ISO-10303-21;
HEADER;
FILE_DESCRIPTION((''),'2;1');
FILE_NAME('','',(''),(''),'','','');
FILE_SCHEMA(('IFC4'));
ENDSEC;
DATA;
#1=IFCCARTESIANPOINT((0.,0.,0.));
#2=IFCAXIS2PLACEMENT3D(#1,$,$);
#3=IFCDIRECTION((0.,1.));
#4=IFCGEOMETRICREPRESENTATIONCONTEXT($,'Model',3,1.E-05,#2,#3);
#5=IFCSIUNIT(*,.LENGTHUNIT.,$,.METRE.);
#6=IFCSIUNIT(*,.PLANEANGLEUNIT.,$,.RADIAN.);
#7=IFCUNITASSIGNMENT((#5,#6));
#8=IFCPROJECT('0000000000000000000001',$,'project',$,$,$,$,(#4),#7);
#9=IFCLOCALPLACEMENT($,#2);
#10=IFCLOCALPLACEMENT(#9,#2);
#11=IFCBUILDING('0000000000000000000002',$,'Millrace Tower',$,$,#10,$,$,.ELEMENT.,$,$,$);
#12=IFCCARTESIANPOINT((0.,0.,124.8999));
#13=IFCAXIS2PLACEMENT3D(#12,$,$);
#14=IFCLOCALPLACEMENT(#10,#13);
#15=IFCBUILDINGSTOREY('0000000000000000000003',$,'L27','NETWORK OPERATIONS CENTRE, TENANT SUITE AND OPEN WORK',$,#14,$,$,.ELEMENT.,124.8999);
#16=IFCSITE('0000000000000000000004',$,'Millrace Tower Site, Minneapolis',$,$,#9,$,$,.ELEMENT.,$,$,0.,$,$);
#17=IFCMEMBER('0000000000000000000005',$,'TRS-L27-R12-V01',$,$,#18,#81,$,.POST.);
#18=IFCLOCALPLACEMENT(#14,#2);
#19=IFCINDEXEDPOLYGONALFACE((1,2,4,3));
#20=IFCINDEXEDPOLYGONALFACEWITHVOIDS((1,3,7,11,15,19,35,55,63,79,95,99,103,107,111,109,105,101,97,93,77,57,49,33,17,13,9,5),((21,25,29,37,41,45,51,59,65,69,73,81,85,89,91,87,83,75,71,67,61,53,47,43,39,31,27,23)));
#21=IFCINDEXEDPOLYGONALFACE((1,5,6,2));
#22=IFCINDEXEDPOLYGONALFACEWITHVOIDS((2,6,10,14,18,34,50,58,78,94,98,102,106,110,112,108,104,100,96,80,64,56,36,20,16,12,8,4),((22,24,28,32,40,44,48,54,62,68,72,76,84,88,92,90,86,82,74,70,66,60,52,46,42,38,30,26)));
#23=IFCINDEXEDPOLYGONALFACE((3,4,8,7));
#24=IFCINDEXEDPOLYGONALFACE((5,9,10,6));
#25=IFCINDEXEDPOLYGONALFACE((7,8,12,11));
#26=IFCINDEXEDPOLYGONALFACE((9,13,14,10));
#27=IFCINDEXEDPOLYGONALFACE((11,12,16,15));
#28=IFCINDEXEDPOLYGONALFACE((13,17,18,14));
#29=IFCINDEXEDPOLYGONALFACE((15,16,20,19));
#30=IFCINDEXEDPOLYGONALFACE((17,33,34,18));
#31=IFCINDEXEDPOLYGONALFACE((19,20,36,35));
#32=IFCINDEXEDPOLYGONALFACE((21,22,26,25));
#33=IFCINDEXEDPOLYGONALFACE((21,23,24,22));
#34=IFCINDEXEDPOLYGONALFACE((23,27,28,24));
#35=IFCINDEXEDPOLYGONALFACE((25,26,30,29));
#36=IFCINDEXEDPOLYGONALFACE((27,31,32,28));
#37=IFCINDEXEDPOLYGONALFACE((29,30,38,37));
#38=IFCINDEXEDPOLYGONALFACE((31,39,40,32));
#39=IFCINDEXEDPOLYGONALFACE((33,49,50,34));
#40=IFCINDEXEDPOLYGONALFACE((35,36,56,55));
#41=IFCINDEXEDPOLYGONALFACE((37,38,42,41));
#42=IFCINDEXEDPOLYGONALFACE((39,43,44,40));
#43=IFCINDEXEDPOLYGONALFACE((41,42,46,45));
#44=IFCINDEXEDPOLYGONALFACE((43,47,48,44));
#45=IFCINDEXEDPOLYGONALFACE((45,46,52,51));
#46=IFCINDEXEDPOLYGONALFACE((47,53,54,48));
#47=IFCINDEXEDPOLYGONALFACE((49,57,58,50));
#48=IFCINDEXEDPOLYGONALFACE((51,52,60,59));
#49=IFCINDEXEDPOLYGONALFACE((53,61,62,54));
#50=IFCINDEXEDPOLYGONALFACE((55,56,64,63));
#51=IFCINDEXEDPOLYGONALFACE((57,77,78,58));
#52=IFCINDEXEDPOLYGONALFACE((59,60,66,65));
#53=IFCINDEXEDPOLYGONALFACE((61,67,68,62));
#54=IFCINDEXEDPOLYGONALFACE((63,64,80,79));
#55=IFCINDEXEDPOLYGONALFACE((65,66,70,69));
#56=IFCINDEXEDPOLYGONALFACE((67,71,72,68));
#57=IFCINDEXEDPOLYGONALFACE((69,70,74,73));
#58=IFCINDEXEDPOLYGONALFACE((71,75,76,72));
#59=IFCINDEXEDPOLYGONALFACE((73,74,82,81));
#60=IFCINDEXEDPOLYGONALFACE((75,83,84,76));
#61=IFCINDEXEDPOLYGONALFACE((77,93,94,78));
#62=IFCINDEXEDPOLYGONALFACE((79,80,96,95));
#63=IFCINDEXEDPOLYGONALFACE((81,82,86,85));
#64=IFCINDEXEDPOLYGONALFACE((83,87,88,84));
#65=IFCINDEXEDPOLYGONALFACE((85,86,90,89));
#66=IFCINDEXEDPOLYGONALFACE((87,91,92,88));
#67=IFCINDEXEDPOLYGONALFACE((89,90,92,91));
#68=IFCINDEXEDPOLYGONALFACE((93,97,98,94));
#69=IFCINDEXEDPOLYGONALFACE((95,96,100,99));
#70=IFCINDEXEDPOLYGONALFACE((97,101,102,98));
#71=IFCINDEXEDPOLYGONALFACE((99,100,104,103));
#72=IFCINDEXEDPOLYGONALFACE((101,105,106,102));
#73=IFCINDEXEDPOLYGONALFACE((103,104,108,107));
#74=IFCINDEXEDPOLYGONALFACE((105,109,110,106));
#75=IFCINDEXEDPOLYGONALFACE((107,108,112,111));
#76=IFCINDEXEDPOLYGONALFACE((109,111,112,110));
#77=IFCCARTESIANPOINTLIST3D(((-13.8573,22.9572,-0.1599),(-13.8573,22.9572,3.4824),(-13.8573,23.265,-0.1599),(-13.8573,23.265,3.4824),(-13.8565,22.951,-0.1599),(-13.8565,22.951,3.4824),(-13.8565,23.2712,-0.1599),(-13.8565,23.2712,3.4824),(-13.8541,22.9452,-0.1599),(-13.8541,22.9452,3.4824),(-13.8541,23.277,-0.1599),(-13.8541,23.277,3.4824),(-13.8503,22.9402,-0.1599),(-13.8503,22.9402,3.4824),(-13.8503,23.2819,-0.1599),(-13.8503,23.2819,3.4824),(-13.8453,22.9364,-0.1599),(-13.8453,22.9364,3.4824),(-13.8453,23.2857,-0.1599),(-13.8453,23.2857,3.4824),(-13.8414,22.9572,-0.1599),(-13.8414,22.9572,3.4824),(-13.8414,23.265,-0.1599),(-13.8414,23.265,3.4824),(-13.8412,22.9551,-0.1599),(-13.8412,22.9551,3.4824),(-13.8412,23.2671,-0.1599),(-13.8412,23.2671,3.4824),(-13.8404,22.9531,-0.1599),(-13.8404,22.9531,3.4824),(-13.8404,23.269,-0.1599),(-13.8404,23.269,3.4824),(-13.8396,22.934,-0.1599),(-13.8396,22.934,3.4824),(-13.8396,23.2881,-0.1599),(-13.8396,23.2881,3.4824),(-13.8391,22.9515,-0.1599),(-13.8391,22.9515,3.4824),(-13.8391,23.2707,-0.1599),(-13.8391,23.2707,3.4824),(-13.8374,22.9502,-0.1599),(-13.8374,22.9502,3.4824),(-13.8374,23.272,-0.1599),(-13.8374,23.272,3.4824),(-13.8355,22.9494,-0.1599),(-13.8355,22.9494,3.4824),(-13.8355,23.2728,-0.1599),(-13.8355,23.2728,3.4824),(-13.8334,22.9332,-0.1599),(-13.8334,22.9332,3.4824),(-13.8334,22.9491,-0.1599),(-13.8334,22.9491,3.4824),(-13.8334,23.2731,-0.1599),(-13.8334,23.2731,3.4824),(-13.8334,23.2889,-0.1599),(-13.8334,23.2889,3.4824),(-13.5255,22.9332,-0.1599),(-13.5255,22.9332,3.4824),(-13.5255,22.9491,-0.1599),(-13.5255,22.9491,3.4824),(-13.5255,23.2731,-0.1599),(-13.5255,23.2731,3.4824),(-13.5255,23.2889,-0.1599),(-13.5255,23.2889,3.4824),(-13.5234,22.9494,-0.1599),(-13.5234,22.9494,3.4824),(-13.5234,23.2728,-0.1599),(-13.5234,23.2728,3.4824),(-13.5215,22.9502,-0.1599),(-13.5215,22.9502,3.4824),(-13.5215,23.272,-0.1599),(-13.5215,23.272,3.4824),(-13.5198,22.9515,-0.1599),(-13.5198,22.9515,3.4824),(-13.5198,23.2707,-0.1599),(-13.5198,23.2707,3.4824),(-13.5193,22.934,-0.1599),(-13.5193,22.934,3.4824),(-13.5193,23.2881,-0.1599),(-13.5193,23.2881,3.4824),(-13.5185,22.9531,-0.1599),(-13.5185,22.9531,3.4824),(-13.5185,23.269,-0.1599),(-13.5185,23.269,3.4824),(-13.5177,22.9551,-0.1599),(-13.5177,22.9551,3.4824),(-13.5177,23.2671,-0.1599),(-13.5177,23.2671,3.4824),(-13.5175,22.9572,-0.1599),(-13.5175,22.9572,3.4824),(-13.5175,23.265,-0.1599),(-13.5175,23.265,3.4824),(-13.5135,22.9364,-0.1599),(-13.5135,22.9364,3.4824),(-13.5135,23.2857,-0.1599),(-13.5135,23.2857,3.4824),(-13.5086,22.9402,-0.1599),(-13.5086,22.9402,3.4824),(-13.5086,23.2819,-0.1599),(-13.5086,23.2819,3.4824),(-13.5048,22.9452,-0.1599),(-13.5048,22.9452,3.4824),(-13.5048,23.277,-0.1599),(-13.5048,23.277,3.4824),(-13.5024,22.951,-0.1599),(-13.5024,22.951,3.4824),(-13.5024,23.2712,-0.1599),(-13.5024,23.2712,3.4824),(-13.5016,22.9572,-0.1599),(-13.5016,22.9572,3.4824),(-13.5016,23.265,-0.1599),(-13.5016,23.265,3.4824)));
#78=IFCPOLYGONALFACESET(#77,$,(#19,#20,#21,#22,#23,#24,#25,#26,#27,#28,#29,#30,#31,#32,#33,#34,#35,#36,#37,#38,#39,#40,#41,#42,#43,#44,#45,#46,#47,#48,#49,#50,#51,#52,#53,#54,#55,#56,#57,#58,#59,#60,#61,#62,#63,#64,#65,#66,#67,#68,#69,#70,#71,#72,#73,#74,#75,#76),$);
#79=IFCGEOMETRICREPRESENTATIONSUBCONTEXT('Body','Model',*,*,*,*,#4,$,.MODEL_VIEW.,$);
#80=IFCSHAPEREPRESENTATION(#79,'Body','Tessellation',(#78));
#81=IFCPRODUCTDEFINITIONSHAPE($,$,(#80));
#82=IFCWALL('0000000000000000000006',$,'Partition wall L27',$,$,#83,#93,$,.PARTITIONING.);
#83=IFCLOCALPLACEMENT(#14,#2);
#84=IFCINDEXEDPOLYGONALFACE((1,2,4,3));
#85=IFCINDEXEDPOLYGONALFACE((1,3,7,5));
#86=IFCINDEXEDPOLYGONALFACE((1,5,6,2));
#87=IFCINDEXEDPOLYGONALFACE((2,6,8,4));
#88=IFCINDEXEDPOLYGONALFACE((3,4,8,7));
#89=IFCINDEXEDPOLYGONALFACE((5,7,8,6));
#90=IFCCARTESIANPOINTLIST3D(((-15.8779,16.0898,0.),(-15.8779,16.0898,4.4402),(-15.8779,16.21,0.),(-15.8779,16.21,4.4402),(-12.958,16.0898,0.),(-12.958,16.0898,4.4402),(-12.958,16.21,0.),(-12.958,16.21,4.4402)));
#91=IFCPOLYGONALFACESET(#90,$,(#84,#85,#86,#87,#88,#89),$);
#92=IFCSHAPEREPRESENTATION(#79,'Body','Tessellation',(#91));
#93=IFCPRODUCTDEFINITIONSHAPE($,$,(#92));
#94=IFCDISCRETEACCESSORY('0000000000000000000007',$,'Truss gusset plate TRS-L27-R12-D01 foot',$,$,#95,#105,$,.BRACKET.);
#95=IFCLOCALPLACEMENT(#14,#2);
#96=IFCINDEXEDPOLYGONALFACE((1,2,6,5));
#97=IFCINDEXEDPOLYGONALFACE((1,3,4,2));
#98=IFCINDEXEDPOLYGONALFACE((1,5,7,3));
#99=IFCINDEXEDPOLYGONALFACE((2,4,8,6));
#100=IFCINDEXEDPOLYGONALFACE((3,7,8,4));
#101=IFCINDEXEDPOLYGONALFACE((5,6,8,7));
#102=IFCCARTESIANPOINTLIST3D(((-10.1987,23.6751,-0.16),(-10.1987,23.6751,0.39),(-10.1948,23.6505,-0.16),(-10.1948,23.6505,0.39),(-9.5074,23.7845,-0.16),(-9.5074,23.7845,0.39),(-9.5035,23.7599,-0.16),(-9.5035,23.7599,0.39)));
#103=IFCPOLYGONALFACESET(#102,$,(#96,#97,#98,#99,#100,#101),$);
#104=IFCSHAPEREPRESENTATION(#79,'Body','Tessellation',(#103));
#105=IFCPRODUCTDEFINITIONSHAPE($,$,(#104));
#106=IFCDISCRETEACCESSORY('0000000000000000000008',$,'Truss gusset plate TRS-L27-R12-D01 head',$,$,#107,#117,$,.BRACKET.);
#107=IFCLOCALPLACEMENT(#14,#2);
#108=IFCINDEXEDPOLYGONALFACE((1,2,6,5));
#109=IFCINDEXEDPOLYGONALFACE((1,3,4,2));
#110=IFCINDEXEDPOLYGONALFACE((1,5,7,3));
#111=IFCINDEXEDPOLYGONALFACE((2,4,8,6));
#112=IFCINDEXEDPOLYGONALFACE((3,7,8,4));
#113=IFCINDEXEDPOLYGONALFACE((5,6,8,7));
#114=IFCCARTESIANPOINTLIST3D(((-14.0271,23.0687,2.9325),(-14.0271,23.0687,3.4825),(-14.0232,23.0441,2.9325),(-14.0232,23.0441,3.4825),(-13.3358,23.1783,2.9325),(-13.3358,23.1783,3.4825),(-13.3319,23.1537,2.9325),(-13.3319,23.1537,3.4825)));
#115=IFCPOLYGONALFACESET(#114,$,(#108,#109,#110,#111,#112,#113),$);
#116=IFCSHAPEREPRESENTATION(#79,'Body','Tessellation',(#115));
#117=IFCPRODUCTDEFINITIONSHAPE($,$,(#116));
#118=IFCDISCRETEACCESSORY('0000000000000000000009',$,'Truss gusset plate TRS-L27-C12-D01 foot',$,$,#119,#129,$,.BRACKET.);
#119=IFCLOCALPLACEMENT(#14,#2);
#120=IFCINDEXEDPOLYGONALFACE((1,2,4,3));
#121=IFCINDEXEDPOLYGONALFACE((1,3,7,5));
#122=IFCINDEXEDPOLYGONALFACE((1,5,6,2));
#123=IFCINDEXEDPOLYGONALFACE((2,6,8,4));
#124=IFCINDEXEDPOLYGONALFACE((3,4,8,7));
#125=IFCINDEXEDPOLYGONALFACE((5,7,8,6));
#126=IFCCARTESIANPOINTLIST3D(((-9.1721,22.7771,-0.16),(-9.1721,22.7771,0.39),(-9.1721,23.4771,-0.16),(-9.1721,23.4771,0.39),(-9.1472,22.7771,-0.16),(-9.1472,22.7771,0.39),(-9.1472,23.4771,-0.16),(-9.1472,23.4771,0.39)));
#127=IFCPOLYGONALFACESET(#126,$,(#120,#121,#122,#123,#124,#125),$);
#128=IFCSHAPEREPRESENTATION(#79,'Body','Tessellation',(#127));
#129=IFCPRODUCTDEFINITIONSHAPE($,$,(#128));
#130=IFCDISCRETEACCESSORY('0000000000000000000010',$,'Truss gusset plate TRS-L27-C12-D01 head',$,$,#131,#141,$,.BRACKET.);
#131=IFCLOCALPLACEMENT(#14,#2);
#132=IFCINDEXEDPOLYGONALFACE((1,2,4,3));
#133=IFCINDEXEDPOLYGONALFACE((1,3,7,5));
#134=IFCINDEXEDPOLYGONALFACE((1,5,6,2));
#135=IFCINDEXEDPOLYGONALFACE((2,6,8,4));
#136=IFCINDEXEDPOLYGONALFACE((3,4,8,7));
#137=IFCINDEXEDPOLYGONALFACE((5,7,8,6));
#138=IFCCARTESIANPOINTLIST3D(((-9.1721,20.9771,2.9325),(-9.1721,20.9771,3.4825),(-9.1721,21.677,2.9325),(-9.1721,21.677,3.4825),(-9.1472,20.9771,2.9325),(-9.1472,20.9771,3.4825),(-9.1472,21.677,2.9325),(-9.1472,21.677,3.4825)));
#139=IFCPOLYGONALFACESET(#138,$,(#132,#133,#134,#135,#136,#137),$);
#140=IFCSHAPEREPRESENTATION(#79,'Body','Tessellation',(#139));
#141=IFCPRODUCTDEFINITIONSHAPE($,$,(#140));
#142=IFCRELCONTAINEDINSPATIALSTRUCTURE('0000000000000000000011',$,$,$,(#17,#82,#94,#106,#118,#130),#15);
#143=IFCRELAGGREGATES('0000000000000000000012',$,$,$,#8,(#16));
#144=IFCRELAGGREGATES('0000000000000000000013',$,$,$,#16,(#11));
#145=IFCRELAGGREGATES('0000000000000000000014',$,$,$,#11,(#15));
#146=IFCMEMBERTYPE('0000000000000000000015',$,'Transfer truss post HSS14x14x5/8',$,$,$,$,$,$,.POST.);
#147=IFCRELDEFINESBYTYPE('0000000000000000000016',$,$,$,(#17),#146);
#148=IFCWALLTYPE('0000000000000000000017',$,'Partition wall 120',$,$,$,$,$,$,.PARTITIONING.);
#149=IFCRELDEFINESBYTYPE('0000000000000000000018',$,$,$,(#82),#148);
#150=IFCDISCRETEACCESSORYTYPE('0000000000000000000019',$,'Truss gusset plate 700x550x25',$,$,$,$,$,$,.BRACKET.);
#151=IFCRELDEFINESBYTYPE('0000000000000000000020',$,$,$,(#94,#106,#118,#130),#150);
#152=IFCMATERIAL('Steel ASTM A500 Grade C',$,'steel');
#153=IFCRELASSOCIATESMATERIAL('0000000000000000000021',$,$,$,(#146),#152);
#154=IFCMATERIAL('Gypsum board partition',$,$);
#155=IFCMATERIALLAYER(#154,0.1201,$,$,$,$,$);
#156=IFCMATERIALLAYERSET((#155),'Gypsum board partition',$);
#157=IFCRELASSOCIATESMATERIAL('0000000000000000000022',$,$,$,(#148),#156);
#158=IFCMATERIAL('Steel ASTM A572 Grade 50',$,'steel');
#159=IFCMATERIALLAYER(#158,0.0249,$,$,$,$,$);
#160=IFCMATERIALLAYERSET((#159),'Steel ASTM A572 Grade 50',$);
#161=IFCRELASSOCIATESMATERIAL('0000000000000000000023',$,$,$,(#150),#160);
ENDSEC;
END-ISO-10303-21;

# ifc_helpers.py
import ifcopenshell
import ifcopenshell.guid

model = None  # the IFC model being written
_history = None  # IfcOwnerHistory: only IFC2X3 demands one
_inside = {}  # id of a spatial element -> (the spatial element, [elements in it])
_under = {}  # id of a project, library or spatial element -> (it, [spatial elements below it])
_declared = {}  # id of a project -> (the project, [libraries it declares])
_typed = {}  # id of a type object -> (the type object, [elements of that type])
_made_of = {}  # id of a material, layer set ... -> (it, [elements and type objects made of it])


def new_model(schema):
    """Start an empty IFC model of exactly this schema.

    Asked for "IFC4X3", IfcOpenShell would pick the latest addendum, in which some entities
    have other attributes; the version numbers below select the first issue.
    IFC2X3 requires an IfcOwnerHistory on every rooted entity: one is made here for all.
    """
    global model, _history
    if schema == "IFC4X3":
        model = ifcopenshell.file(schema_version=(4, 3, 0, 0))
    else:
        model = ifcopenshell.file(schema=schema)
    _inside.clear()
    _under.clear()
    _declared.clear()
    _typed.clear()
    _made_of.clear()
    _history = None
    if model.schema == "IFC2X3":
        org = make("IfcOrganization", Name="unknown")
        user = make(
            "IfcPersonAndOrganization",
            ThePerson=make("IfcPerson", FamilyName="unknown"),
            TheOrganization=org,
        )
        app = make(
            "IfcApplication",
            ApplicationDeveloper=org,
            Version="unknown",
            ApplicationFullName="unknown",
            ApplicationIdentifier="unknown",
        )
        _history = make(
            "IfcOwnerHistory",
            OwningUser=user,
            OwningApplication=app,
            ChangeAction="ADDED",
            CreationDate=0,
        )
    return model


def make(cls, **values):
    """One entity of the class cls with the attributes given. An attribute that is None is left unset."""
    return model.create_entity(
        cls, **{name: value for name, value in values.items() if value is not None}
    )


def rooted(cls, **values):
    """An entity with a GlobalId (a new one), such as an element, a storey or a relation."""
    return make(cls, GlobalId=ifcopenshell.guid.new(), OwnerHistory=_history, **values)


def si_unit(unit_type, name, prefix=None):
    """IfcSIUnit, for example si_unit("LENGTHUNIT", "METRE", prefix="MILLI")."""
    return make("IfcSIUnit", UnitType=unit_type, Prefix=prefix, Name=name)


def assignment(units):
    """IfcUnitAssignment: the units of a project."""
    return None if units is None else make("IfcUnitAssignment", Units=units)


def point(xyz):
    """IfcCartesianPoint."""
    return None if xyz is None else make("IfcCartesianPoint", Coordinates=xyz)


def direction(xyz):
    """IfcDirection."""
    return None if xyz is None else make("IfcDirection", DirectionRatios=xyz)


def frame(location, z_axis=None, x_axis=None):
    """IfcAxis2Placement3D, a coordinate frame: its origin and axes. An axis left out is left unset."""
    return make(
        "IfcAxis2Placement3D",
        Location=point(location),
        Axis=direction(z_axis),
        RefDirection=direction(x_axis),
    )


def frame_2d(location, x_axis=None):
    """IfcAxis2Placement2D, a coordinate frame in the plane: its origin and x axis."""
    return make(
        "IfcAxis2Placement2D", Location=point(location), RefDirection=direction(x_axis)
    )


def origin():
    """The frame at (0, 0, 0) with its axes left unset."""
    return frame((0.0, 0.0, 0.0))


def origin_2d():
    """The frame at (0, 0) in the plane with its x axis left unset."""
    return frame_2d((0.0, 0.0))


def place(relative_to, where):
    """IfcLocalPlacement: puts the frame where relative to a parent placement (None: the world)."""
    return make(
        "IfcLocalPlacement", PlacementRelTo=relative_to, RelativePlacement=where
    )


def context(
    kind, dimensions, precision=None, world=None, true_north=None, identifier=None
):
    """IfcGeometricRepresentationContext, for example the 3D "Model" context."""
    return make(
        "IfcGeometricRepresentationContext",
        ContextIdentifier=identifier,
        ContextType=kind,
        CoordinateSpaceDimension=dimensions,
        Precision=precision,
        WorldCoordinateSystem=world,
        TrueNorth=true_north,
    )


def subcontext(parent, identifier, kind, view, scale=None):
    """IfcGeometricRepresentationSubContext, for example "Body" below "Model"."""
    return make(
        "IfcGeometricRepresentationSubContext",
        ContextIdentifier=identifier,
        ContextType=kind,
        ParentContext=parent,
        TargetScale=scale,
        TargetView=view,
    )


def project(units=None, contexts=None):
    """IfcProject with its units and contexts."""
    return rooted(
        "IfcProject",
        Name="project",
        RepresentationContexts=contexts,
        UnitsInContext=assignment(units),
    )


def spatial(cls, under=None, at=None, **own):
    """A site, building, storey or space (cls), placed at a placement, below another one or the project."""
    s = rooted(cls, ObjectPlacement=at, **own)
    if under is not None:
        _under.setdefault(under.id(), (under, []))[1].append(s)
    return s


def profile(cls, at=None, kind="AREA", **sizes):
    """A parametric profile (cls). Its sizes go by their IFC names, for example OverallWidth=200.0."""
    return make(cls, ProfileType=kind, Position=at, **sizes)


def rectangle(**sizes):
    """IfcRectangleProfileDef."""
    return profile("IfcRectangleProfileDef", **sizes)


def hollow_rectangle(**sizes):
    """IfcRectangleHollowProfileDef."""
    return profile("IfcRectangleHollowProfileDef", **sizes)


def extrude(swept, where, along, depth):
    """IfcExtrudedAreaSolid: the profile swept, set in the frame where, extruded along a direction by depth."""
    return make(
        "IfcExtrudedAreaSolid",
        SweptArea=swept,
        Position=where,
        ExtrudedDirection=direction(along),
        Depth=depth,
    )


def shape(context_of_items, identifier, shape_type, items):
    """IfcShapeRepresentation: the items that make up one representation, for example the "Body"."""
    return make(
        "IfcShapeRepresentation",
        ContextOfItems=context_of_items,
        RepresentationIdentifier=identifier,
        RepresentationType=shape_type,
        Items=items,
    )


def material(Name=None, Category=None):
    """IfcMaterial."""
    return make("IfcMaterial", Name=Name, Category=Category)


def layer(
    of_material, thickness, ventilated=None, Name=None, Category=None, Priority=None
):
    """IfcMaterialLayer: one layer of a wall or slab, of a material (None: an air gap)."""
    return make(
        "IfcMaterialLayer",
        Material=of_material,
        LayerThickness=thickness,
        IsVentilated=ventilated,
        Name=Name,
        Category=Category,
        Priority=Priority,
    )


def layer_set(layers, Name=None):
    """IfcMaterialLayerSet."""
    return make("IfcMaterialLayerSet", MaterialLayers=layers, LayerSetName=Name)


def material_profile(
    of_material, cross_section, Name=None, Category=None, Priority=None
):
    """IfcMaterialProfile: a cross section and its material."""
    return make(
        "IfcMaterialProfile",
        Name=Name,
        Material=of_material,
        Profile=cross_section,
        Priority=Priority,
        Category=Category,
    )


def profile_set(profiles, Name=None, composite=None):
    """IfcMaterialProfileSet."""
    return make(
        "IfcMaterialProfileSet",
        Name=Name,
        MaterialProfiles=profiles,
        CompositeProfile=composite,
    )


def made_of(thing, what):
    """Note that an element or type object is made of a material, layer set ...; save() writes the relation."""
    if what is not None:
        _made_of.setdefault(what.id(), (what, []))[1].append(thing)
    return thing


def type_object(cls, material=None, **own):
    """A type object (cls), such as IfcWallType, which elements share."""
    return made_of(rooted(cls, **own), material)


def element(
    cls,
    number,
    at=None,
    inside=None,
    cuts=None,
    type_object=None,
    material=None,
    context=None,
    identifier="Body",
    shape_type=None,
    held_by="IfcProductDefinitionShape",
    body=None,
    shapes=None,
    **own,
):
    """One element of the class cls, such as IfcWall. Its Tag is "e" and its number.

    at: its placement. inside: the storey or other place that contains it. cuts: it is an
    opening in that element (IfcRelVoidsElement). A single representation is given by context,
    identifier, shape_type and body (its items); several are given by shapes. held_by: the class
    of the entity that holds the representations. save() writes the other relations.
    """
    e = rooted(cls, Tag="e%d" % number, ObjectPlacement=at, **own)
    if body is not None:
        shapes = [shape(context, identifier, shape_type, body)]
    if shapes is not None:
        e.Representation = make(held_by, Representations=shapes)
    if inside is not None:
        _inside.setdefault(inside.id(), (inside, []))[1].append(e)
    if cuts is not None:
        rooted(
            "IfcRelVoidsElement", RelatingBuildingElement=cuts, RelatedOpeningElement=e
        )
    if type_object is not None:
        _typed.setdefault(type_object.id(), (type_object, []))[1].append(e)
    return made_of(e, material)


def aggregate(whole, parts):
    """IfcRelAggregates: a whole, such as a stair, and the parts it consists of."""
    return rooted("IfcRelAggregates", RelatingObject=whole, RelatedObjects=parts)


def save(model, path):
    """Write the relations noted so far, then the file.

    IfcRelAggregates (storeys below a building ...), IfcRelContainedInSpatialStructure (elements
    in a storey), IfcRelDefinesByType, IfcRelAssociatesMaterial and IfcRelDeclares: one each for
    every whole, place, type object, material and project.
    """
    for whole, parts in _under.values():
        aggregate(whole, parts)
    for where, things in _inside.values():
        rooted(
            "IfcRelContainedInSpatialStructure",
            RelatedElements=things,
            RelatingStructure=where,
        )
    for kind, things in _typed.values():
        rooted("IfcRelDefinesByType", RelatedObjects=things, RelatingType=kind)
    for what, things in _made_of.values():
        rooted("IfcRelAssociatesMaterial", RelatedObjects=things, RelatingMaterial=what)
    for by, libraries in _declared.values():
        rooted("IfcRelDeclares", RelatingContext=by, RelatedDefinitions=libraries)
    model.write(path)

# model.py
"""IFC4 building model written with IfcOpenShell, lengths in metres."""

from ifc_helpers import new_model, si_unit, direction, frame, frame_2d, origin, origin_2d, place, context, subcontext, project, spatial, rectangle, hollow_rectangle, extrude, material, layer, layer_set, material_profile, profile_set, type_object, element, save


model = new_model("IFC4")

# Units and contexts
model_context = context("Model", 3, precision=1e-05, world=origin(), true_north=direction((0.0, 1.0)))
body_context = subcontext(model_context, "Body", "Model", "MODEL_VIEW")
ifc_project = project(units=[si_unit("LENGTHUNIT", "METRE"), si_unit("PLANEANGLEUNIT", "RADIAN")], contexts=[model_context])

# Site, building, storey
site_placement = place(None, origin())
site = spatial("IfcSite", under=ifc_project, at=site_placement, Name="Millrace Tower Site, Minneapolis", CompositionType="ELEMENT", RefElevation=0.0)
building_placement = place(site_placement, origin())
building = spatial("IfcBuilding", under=site, at=building_placement, Name="Millrace Tower", CompositionType="ELEMENT")
storey_placement = place(building_placement, frame((0.0, 0.0, 124.8999)))
storey = spatial("IfcBuildingStorey", under=building, at=storey_placement, Name="L27", Description="NETWORK OPERATIONS CENTRE, TENANT SUITE AND OPEN WORK", CompositionType="ELEMENT", Elevation=124.8999)

# Member
ifc_material_1 = material(Name="Steel ASTM A500 Grade C", Category="steel")
ifc_material_profile_1 = material_profile(ifc_material_1, hollow_rectangle(XDim=0.3557, YDim=0.3557, WallThickness=0.0159, InnerFilletRadius=0.0081, OuterFilletRadius=0.0239, at=origin_2d()))
ifc_profile_set_1 = profile_set([ifc_material_profile_1], Name="Steel ASTM A500 Grade C")
member_type_1 = type_object("IfcMemberType", Name="Transfer truss post HSS14x14x5/8", PredefinedType="POST", material=ifc_profile_set_1)
member_1_placement = place(storey_placement, frame((-13.6794, 23.1111, -0.1599), z_axis=(0.0, 0.0, 1.0), x_axis=(1.0, 0.0, 0.0)))
element("IfcMember", 1, at=member_1_placement, inside=storey, type_object=member_type_1, Name="TRS-L27-R12-V01", PredefinedType="POST", context=body_context, shape_type="SweptSolid", body=[
    extrude(hollow_rectangle(XDim=0.3557, YDim=0.3557, WallThickness=0.0159, InnerFilletRadius=0.0081, OuterFilletRadius=0.0239, at=origin_2d()), origin(), (0.0, 0.0, 1.0), 3.6423),
])

# Wall
ifc_material_2 = material(Name="Gypsum board partition")
ifc_layer_1 = layer(ifc_material_2, 0.1201)
ifc_layer_set_1 = layer_set([ifc_layer_1], Name="Gypsum board partition")
wall_type = type_object("IfcWallType", Name="Partition wall 120", PredefinedType="PARTITIONING", material=ifc_layer_set_1)
wall_placement = place(storey_placement, frame((-15.8779, 16.1499, 0.0), z_axis=(0.0, 0.0, 1.0), x_axis=(1.0, 0.0, 0.0)))
element("IfcWall", 2, at=wall_placement, inside=storey, type_object=wall_type, Name="Partition wall L27", PredefinedType="PARTITIONING", context=body_context, shape_type="SweptSolid", body=[
    extrude(rectangle(XDim=2.9199, YDim=0.1201, at=frame_2d((1.46, 0.0))), origin(), (0.0, 0.0, 1.0), 4.4402),
])

# Discrete accessories
ifc_material_3 = material(Name="Steel ASTM A572 Grade 50", Category="steel")
ifc_layer_2 = layer(ifc_material_3, 0.0249)
ifc_layer_set_2 = layer_set([ifc_layer_2], Name="Steel ASTM A572 Grade 50")
discrete_accessory_type = type_object("IfcDiscreteAccessoryType", Name="Truss gusset plate 700x550x25", PredefinedType="BRACKET", material=ifc_layer_set_2)
for number, where, z_axis, x_axis, name in (
    (3, (-10.1968, 23.6628, 0.115), (0.987718, 0.156249, 0.0), (-0.156249, 0.987718, 0.0), "Truss gusset plate TRS-L27-R12-D01 foot"),
    (4, (-14.0251, 23.0564, 3.2075), (0.987664, 0.156589, 0.0), (-0.156589, 0.987664, 0.0), "Truss gusset plate TRS-L27-R12-D01 head"),
    (5, (-9.1597, 22.7771, 0.115), (0.0, 1.0, 0.0), (-1.0, 0.0, 0.0), "Truss gusset plate TRS-L27-C12-D01 foot"),
    (6, (-9.1597, 20.9771, 3.2075), (0.0, 1.0, 0.0), (-1.0, 0.0, 0.0), "Truss gusset plate TRS-L27-C12-D01 head"),
):
    element("IfcDiscreteAccessory", number, at=place(storey_placement, frame(where, z_axis=z_axis, x_axis=x_axis)), inside=storey, type_object=discrete_accessory_type, Name=name, PredefinedType="BRACKET", context=body_context, shape_type="SweptSolid", body=[
        extrude(rectangle(XDim=0.0249, YDim=0.55, at=origin_2d()), origin(), (0.0, 0.0, 1.0), 0.7),
    ])

save(model, "model.ifc")
